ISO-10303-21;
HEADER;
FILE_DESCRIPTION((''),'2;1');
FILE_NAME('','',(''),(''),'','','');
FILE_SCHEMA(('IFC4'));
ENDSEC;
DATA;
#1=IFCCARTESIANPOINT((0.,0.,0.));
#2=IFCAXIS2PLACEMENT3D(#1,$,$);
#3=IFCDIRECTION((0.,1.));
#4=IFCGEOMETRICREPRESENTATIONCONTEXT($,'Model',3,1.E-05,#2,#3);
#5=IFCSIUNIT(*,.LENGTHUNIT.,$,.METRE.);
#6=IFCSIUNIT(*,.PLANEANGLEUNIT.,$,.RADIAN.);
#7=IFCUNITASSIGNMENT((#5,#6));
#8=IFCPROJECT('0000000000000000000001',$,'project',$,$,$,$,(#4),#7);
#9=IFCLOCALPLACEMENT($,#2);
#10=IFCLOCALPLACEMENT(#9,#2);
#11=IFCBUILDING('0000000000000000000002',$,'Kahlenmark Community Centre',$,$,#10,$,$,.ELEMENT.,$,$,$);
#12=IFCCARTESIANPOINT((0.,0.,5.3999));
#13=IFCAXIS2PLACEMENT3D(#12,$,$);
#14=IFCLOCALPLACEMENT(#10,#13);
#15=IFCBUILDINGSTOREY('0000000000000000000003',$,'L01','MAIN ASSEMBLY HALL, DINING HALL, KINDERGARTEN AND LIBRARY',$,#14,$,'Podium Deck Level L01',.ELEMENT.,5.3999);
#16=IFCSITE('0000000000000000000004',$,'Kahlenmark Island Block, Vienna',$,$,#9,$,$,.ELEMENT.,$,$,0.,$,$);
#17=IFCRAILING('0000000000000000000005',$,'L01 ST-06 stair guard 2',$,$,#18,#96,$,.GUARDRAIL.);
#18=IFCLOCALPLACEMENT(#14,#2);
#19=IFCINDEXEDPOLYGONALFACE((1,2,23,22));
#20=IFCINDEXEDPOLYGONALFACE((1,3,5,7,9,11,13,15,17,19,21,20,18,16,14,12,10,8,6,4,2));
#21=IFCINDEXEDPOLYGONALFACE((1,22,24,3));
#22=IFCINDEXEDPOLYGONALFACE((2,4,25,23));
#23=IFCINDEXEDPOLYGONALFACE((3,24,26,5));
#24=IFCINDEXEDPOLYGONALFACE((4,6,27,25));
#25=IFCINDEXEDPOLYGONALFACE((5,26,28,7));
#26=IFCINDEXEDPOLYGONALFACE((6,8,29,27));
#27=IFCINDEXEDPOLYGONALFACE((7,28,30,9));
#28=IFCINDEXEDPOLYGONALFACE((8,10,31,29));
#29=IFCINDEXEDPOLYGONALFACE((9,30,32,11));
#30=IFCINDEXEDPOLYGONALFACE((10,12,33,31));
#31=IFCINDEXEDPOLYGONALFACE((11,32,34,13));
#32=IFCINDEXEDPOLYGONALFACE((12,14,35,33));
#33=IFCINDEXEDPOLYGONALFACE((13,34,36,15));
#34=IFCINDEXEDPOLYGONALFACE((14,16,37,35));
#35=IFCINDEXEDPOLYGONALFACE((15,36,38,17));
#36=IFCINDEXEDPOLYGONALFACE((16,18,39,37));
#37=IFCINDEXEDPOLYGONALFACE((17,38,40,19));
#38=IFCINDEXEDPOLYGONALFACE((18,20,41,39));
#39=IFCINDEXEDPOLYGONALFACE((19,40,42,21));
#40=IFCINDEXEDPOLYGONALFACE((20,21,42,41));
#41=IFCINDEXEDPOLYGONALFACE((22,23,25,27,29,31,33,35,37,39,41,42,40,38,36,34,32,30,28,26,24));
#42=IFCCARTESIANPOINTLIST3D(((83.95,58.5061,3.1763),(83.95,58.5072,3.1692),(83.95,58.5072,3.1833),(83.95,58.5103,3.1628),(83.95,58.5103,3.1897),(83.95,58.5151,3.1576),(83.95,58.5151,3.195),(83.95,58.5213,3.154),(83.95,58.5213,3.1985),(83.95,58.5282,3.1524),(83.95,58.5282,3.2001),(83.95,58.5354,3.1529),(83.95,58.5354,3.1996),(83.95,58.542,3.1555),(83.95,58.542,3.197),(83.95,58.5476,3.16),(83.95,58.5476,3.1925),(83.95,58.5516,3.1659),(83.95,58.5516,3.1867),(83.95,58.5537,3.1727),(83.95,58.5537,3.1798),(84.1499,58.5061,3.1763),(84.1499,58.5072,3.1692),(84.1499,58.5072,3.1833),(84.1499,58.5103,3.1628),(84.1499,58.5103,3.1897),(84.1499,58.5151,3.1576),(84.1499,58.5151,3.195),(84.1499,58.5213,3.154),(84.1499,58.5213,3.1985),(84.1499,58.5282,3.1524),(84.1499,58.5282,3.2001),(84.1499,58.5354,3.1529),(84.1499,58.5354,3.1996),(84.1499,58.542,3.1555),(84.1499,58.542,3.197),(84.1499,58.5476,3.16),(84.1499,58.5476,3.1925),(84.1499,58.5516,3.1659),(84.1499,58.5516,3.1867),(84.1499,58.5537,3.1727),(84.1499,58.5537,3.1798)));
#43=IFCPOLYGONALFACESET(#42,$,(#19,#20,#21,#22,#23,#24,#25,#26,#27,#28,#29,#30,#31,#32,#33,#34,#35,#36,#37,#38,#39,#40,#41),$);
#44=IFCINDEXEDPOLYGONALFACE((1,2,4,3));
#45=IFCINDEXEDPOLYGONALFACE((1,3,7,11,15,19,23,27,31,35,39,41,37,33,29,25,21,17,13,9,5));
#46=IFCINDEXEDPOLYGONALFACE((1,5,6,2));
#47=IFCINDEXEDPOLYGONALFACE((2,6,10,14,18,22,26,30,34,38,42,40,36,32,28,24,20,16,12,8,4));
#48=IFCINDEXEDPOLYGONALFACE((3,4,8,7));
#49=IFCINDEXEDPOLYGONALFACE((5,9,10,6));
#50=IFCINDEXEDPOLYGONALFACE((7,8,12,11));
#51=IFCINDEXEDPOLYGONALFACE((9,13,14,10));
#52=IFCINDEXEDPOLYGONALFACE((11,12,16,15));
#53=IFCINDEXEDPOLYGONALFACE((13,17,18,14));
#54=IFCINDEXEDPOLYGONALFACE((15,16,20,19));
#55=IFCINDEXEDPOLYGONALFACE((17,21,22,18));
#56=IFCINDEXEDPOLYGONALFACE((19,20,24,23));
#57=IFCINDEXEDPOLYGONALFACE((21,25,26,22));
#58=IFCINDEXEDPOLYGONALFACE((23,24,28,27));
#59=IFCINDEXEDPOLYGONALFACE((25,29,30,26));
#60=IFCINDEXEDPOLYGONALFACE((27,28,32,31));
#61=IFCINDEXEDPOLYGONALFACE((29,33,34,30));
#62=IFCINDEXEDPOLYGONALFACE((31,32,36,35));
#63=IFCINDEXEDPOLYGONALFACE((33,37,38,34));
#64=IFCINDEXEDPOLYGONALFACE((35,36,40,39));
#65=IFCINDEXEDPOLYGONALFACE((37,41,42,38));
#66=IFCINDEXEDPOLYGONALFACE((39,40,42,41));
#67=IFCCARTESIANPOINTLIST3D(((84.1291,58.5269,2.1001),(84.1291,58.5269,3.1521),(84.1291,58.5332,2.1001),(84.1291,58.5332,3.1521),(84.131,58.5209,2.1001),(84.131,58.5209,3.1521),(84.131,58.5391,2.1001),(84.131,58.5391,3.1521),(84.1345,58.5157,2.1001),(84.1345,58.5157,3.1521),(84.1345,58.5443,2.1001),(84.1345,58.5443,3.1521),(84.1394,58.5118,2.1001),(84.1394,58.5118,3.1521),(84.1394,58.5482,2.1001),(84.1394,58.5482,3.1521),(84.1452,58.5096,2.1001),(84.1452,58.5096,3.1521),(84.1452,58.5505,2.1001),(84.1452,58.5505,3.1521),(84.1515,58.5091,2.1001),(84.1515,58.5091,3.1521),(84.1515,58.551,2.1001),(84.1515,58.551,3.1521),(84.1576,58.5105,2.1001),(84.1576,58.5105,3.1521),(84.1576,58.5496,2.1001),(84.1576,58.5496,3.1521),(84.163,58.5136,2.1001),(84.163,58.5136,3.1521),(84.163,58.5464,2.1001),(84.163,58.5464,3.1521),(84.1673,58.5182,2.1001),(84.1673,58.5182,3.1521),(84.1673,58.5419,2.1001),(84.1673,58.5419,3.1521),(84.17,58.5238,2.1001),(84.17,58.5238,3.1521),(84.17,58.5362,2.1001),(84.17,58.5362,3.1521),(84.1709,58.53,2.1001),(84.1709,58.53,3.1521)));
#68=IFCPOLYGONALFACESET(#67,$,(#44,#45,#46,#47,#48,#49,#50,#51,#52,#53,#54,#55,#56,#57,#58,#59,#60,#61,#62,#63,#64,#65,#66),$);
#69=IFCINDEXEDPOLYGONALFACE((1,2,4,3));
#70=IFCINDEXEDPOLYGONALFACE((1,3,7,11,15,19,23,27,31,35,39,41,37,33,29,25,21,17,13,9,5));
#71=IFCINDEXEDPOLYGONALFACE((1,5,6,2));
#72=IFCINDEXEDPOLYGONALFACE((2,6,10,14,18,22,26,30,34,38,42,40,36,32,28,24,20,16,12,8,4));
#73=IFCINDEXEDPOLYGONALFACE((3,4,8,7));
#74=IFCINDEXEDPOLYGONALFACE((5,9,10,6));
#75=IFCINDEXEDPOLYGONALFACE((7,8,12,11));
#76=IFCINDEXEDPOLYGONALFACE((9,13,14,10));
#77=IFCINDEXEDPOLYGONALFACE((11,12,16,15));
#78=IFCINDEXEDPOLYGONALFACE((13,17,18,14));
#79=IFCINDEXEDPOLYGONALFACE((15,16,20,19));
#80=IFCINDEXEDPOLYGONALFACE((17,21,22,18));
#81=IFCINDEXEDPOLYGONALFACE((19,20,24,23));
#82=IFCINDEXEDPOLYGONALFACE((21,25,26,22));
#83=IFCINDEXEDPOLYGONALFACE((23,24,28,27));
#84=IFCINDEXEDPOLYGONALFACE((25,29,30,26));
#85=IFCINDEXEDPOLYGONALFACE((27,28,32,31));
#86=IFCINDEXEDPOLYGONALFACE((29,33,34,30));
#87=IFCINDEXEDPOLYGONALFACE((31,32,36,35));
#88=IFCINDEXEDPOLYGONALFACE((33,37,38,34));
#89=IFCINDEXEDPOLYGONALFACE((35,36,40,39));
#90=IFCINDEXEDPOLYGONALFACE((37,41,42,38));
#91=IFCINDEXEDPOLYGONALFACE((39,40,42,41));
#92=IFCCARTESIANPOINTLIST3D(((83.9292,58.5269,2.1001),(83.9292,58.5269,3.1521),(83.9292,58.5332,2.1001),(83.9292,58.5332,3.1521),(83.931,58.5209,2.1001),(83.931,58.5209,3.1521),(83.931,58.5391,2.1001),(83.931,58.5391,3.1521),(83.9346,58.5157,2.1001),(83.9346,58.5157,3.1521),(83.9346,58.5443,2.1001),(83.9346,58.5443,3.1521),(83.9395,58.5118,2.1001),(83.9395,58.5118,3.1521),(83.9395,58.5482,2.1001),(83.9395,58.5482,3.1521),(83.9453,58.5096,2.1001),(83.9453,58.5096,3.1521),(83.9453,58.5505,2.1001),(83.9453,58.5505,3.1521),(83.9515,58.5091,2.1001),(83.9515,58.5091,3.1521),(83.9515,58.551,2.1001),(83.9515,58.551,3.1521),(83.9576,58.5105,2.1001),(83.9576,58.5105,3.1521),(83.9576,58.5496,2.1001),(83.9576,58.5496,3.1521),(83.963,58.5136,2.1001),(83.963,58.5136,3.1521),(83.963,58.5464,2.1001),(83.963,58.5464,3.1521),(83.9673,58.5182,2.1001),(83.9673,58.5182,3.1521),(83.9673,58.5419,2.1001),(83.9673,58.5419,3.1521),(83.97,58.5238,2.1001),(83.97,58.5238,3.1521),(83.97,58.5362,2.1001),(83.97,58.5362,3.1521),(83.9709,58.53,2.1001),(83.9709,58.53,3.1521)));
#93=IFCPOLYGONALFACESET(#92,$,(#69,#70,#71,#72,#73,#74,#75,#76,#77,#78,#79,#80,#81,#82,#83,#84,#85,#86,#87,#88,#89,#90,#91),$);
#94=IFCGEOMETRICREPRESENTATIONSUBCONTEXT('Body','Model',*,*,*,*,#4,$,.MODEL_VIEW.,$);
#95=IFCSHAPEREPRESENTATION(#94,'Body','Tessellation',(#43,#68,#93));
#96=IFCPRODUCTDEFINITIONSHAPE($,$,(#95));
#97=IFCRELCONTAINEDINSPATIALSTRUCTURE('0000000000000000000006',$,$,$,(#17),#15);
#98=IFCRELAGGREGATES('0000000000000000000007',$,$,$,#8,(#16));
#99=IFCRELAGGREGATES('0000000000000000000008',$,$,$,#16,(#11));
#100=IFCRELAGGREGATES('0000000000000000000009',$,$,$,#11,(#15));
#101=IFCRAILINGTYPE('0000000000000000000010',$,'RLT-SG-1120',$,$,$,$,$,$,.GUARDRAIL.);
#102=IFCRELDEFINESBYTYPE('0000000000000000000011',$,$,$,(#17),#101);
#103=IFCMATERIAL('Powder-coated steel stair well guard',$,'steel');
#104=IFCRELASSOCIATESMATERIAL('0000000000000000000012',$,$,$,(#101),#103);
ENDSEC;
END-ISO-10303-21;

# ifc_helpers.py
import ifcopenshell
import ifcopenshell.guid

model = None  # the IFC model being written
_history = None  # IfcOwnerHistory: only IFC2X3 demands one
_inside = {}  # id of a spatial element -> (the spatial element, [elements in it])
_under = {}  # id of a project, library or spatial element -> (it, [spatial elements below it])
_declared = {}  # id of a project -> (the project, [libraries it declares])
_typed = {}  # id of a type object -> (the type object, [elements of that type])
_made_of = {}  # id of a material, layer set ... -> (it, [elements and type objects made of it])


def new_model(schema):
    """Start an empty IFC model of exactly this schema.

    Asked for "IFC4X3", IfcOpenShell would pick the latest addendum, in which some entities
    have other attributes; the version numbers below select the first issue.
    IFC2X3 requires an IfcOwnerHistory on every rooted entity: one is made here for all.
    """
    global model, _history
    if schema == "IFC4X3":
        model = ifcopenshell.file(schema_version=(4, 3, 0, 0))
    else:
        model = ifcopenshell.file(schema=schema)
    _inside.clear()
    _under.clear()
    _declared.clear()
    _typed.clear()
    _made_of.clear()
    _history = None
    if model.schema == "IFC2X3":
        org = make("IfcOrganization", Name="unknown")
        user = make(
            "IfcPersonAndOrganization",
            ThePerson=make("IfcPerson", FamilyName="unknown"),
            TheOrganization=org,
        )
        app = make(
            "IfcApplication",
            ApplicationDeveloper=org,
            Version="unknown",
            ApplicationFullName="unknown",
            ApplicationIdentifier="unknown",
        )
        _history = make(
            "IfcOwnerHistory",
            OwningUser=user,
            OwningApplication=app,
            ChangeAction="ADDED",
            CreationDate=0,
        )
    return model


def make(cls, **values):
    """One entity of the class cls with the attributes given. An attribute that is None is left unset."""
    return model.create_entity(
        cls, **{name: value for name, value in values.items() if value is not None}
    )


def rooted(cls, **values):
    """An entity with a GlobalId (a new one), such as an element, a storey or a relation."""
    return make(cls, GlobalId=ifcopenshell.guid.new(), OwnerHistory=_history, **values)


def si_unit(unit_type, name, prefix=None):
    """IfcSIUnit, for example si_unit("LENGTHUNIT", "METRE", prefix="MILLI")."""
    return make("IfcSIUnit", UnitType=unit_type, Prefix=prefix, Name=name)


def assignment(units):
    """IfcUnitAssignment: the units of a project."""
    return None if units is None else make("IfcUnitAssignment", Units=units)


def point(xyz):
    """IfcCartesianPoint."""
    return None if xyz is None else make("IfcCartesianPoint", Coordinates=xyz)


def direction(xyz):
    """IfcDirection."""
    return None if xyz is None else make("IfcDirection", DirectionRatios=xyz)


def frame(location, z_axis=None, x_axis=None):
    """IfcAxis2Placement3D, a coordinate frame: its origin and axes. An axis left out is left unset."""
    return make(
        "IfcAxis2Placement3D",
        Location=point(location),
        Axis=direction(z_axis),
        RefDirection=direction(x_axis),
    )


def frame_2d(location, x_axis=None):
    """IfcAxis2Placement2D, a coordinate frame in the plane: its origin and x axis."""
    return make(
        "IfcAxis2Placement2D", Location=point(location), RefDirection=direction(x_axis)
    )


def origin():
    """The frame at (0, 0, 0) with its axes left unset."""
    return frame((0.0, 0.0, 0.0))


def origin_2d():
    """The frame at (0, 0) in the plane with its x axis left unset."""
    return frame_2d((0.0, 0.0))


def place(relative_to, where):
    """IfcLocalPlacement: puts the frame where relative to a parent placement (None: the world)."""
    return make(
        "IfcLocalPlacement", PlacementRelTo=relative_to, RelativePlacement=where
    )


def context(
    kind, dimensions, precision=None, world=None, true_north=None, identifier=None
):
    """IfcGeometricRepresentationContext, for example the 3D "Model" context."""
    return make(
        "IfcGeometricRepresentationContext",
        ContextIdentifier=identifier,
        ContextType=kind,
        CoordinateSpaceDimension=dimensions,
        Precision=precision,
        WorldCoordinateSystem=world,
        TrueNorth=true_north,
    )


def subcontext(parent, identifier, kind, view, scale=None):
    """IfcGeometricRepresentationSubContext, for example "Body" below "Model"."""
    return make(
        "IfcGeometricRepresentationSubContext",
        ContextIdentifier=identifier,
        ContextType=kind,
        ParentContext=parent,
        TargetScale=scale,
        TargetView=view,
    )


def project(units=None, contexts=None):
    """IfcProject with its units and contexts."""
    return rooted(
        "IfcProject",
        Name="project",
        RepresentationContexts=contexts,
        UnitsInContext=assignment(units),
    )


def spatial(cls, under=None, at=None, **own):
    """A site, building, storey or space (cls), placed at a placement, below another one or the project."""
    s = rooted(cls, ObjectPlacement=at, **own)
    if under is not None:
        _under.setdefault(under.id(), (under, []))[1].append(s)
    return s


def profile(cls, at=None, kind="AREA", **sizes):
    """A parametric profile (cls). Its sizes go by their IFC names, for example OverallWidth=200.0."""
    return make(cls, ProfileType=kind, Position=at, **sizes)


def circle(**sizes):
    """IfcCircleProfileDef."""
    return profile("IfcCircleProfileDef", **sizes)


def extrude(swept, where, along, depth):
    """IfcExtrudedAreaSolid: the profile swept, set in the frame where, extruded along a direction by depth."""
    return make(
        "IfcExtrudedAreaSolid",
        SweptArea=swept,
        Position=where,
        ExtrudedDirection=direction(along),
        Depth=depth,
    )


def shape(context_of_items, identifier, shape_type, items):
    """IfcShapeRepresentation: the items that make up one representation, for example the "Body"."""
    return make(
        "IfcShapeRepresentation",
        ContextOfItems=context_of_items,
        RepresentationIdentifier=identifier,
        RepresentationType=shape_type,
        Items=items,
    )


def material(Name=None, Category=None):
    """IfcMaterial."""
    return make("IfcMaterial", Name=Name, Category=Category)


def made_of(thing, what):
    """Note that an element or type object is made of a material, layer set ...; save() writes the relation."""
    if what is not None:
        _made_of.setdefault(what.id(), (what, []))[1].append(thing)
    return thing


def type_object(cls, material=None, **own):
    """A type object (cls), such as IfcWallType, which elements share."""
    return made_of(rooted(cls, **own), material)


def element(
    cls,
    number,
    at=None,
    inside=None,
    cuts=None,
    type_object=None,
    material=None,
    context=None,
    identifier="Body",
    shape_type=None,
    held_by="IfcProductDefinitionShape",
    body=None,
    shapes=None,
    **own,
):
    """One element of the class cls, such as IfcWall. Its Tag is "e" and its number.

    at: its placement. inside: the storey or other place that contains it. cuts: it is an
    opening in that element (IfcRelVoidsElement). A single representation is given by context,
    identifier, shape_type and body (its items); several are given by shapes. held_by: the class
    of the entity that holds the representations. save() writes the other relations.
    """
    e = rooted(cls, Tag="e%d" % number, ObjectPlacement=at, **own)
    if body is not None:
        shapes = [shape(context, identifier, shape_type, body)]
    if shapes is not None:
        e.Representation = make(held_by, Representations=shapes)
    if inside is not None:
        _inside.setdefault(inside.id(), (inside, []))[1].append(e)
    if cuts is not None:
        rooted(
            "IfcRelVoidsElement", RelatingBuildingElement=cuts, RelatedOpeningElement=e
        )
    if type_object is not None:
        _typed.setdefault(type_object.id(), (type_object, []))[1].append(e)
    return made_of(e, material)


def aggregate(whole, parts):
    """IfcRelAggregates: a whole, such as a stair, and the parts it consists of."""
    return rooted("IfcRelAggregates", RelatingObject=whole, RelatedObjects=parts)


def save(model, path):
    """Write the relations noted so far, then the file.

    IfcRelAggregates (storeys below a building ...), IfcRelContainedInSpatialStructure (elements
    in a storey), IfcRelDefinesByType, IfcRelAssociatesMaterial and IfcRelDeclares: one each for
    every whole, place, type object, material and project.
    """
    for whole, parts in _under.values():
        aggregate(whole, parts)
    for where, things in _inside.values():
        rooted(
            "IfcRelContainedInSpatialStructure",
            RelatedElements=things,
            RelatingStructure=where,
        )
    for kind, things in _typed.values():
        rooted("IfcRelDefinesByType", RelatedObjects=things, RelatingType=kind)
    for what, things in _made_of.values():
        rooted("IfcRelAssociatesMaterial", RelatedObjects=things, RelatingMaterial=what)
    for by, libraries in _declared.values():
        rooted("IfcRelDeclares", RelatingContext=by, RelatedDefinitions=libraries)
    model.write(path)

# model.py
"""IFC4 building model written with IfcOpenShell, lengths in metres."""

from ifc_helpers import new_model, si_unit, direction, frame, origin, origin_2d, place, context, subcontext, project, spatial, circle, extrude, material, type_object, element, save


model = new_model("IFC4")

# Units and contexts
model_context = context("Model", 3, precision=1e-05, world=origin(), true_north=direction((0.0, 1.0)))
body_context = subcontext(model_context, "Body", "Model", "MODEL_VIEW")
ifc_project = project(units=[si_unit("LENGTHUNIT", "METRE"), si_unit("PLANEANGLEUNIT", "RADIAN")], contexts=[model_context])

# Site, building, storey
site_placement = place(None, origin())
site = spatial("IfcSite", under=ifc_project, at=site_placement, Name="Kahlenmark Island Block, Vienna", CompositionType="ELEMENT", RefElevation=0.0)
building_placement = place(site_placement, origin())
building = spatial("IfcBuilding", under=site, at=building_placement, Name="Kahlenmark Community Centre", CompositionType="ELEMENT")
storey_placement = place(building_placement, frame((0.0, 0.0, 5.3999)))
storey = spatial("IfcBuildingStorey", under=building, at=storey_placement, Name="L01", Description="MAIN ASSEMBLY HALL, DINING HALL, KINDERGARTEN AND LIBRARY", LongName="Podium Deck Level L01", CompositionType="ELEMENT", Elevation=5.3999)

# Railing
ifc_material_1 = material(Name="Powder-coated steel stair well guard", Category="steel")
railing_type_1 = type_object("IfcRailingType", Name="RLT-SG-1120", PredefinedType="GUARDRAIL", material=ifc_material_1)
railing_1_placement = place(storey_placement, frame((84.1499, 58.53, 2.1001)))
element("IfcRailing", 1, at=railing_1_placement, inside=storey, type_object=railing_type_1, Name="L01 ST-06 stair guard 2", PredefinedType="GUARDRAIL", context=body_context, shape_type="SweptSolid", body=[
    extrude(circle(Radius=0.0239, at=origin_2d()), frame((0.0, 0.0, 1.0762), z_axis=(-1.0, 0.0, 0.0), x_axis=(0.0, -1.0, 0.0)), (0.0, 0.0, 1.0), 0.2),
    extrude(circle(Radius=0.021, at=origin_2d()), origin(), (0.0, 0.0, 1.0), 1.052),
    extrude(circle(Radius=0.021, at=origin_2d()), frame((-0.2, 0.0, 0.0)), (0.0, 0.0, 1.0), 1.052),
])

save(model, "model.ifc")
